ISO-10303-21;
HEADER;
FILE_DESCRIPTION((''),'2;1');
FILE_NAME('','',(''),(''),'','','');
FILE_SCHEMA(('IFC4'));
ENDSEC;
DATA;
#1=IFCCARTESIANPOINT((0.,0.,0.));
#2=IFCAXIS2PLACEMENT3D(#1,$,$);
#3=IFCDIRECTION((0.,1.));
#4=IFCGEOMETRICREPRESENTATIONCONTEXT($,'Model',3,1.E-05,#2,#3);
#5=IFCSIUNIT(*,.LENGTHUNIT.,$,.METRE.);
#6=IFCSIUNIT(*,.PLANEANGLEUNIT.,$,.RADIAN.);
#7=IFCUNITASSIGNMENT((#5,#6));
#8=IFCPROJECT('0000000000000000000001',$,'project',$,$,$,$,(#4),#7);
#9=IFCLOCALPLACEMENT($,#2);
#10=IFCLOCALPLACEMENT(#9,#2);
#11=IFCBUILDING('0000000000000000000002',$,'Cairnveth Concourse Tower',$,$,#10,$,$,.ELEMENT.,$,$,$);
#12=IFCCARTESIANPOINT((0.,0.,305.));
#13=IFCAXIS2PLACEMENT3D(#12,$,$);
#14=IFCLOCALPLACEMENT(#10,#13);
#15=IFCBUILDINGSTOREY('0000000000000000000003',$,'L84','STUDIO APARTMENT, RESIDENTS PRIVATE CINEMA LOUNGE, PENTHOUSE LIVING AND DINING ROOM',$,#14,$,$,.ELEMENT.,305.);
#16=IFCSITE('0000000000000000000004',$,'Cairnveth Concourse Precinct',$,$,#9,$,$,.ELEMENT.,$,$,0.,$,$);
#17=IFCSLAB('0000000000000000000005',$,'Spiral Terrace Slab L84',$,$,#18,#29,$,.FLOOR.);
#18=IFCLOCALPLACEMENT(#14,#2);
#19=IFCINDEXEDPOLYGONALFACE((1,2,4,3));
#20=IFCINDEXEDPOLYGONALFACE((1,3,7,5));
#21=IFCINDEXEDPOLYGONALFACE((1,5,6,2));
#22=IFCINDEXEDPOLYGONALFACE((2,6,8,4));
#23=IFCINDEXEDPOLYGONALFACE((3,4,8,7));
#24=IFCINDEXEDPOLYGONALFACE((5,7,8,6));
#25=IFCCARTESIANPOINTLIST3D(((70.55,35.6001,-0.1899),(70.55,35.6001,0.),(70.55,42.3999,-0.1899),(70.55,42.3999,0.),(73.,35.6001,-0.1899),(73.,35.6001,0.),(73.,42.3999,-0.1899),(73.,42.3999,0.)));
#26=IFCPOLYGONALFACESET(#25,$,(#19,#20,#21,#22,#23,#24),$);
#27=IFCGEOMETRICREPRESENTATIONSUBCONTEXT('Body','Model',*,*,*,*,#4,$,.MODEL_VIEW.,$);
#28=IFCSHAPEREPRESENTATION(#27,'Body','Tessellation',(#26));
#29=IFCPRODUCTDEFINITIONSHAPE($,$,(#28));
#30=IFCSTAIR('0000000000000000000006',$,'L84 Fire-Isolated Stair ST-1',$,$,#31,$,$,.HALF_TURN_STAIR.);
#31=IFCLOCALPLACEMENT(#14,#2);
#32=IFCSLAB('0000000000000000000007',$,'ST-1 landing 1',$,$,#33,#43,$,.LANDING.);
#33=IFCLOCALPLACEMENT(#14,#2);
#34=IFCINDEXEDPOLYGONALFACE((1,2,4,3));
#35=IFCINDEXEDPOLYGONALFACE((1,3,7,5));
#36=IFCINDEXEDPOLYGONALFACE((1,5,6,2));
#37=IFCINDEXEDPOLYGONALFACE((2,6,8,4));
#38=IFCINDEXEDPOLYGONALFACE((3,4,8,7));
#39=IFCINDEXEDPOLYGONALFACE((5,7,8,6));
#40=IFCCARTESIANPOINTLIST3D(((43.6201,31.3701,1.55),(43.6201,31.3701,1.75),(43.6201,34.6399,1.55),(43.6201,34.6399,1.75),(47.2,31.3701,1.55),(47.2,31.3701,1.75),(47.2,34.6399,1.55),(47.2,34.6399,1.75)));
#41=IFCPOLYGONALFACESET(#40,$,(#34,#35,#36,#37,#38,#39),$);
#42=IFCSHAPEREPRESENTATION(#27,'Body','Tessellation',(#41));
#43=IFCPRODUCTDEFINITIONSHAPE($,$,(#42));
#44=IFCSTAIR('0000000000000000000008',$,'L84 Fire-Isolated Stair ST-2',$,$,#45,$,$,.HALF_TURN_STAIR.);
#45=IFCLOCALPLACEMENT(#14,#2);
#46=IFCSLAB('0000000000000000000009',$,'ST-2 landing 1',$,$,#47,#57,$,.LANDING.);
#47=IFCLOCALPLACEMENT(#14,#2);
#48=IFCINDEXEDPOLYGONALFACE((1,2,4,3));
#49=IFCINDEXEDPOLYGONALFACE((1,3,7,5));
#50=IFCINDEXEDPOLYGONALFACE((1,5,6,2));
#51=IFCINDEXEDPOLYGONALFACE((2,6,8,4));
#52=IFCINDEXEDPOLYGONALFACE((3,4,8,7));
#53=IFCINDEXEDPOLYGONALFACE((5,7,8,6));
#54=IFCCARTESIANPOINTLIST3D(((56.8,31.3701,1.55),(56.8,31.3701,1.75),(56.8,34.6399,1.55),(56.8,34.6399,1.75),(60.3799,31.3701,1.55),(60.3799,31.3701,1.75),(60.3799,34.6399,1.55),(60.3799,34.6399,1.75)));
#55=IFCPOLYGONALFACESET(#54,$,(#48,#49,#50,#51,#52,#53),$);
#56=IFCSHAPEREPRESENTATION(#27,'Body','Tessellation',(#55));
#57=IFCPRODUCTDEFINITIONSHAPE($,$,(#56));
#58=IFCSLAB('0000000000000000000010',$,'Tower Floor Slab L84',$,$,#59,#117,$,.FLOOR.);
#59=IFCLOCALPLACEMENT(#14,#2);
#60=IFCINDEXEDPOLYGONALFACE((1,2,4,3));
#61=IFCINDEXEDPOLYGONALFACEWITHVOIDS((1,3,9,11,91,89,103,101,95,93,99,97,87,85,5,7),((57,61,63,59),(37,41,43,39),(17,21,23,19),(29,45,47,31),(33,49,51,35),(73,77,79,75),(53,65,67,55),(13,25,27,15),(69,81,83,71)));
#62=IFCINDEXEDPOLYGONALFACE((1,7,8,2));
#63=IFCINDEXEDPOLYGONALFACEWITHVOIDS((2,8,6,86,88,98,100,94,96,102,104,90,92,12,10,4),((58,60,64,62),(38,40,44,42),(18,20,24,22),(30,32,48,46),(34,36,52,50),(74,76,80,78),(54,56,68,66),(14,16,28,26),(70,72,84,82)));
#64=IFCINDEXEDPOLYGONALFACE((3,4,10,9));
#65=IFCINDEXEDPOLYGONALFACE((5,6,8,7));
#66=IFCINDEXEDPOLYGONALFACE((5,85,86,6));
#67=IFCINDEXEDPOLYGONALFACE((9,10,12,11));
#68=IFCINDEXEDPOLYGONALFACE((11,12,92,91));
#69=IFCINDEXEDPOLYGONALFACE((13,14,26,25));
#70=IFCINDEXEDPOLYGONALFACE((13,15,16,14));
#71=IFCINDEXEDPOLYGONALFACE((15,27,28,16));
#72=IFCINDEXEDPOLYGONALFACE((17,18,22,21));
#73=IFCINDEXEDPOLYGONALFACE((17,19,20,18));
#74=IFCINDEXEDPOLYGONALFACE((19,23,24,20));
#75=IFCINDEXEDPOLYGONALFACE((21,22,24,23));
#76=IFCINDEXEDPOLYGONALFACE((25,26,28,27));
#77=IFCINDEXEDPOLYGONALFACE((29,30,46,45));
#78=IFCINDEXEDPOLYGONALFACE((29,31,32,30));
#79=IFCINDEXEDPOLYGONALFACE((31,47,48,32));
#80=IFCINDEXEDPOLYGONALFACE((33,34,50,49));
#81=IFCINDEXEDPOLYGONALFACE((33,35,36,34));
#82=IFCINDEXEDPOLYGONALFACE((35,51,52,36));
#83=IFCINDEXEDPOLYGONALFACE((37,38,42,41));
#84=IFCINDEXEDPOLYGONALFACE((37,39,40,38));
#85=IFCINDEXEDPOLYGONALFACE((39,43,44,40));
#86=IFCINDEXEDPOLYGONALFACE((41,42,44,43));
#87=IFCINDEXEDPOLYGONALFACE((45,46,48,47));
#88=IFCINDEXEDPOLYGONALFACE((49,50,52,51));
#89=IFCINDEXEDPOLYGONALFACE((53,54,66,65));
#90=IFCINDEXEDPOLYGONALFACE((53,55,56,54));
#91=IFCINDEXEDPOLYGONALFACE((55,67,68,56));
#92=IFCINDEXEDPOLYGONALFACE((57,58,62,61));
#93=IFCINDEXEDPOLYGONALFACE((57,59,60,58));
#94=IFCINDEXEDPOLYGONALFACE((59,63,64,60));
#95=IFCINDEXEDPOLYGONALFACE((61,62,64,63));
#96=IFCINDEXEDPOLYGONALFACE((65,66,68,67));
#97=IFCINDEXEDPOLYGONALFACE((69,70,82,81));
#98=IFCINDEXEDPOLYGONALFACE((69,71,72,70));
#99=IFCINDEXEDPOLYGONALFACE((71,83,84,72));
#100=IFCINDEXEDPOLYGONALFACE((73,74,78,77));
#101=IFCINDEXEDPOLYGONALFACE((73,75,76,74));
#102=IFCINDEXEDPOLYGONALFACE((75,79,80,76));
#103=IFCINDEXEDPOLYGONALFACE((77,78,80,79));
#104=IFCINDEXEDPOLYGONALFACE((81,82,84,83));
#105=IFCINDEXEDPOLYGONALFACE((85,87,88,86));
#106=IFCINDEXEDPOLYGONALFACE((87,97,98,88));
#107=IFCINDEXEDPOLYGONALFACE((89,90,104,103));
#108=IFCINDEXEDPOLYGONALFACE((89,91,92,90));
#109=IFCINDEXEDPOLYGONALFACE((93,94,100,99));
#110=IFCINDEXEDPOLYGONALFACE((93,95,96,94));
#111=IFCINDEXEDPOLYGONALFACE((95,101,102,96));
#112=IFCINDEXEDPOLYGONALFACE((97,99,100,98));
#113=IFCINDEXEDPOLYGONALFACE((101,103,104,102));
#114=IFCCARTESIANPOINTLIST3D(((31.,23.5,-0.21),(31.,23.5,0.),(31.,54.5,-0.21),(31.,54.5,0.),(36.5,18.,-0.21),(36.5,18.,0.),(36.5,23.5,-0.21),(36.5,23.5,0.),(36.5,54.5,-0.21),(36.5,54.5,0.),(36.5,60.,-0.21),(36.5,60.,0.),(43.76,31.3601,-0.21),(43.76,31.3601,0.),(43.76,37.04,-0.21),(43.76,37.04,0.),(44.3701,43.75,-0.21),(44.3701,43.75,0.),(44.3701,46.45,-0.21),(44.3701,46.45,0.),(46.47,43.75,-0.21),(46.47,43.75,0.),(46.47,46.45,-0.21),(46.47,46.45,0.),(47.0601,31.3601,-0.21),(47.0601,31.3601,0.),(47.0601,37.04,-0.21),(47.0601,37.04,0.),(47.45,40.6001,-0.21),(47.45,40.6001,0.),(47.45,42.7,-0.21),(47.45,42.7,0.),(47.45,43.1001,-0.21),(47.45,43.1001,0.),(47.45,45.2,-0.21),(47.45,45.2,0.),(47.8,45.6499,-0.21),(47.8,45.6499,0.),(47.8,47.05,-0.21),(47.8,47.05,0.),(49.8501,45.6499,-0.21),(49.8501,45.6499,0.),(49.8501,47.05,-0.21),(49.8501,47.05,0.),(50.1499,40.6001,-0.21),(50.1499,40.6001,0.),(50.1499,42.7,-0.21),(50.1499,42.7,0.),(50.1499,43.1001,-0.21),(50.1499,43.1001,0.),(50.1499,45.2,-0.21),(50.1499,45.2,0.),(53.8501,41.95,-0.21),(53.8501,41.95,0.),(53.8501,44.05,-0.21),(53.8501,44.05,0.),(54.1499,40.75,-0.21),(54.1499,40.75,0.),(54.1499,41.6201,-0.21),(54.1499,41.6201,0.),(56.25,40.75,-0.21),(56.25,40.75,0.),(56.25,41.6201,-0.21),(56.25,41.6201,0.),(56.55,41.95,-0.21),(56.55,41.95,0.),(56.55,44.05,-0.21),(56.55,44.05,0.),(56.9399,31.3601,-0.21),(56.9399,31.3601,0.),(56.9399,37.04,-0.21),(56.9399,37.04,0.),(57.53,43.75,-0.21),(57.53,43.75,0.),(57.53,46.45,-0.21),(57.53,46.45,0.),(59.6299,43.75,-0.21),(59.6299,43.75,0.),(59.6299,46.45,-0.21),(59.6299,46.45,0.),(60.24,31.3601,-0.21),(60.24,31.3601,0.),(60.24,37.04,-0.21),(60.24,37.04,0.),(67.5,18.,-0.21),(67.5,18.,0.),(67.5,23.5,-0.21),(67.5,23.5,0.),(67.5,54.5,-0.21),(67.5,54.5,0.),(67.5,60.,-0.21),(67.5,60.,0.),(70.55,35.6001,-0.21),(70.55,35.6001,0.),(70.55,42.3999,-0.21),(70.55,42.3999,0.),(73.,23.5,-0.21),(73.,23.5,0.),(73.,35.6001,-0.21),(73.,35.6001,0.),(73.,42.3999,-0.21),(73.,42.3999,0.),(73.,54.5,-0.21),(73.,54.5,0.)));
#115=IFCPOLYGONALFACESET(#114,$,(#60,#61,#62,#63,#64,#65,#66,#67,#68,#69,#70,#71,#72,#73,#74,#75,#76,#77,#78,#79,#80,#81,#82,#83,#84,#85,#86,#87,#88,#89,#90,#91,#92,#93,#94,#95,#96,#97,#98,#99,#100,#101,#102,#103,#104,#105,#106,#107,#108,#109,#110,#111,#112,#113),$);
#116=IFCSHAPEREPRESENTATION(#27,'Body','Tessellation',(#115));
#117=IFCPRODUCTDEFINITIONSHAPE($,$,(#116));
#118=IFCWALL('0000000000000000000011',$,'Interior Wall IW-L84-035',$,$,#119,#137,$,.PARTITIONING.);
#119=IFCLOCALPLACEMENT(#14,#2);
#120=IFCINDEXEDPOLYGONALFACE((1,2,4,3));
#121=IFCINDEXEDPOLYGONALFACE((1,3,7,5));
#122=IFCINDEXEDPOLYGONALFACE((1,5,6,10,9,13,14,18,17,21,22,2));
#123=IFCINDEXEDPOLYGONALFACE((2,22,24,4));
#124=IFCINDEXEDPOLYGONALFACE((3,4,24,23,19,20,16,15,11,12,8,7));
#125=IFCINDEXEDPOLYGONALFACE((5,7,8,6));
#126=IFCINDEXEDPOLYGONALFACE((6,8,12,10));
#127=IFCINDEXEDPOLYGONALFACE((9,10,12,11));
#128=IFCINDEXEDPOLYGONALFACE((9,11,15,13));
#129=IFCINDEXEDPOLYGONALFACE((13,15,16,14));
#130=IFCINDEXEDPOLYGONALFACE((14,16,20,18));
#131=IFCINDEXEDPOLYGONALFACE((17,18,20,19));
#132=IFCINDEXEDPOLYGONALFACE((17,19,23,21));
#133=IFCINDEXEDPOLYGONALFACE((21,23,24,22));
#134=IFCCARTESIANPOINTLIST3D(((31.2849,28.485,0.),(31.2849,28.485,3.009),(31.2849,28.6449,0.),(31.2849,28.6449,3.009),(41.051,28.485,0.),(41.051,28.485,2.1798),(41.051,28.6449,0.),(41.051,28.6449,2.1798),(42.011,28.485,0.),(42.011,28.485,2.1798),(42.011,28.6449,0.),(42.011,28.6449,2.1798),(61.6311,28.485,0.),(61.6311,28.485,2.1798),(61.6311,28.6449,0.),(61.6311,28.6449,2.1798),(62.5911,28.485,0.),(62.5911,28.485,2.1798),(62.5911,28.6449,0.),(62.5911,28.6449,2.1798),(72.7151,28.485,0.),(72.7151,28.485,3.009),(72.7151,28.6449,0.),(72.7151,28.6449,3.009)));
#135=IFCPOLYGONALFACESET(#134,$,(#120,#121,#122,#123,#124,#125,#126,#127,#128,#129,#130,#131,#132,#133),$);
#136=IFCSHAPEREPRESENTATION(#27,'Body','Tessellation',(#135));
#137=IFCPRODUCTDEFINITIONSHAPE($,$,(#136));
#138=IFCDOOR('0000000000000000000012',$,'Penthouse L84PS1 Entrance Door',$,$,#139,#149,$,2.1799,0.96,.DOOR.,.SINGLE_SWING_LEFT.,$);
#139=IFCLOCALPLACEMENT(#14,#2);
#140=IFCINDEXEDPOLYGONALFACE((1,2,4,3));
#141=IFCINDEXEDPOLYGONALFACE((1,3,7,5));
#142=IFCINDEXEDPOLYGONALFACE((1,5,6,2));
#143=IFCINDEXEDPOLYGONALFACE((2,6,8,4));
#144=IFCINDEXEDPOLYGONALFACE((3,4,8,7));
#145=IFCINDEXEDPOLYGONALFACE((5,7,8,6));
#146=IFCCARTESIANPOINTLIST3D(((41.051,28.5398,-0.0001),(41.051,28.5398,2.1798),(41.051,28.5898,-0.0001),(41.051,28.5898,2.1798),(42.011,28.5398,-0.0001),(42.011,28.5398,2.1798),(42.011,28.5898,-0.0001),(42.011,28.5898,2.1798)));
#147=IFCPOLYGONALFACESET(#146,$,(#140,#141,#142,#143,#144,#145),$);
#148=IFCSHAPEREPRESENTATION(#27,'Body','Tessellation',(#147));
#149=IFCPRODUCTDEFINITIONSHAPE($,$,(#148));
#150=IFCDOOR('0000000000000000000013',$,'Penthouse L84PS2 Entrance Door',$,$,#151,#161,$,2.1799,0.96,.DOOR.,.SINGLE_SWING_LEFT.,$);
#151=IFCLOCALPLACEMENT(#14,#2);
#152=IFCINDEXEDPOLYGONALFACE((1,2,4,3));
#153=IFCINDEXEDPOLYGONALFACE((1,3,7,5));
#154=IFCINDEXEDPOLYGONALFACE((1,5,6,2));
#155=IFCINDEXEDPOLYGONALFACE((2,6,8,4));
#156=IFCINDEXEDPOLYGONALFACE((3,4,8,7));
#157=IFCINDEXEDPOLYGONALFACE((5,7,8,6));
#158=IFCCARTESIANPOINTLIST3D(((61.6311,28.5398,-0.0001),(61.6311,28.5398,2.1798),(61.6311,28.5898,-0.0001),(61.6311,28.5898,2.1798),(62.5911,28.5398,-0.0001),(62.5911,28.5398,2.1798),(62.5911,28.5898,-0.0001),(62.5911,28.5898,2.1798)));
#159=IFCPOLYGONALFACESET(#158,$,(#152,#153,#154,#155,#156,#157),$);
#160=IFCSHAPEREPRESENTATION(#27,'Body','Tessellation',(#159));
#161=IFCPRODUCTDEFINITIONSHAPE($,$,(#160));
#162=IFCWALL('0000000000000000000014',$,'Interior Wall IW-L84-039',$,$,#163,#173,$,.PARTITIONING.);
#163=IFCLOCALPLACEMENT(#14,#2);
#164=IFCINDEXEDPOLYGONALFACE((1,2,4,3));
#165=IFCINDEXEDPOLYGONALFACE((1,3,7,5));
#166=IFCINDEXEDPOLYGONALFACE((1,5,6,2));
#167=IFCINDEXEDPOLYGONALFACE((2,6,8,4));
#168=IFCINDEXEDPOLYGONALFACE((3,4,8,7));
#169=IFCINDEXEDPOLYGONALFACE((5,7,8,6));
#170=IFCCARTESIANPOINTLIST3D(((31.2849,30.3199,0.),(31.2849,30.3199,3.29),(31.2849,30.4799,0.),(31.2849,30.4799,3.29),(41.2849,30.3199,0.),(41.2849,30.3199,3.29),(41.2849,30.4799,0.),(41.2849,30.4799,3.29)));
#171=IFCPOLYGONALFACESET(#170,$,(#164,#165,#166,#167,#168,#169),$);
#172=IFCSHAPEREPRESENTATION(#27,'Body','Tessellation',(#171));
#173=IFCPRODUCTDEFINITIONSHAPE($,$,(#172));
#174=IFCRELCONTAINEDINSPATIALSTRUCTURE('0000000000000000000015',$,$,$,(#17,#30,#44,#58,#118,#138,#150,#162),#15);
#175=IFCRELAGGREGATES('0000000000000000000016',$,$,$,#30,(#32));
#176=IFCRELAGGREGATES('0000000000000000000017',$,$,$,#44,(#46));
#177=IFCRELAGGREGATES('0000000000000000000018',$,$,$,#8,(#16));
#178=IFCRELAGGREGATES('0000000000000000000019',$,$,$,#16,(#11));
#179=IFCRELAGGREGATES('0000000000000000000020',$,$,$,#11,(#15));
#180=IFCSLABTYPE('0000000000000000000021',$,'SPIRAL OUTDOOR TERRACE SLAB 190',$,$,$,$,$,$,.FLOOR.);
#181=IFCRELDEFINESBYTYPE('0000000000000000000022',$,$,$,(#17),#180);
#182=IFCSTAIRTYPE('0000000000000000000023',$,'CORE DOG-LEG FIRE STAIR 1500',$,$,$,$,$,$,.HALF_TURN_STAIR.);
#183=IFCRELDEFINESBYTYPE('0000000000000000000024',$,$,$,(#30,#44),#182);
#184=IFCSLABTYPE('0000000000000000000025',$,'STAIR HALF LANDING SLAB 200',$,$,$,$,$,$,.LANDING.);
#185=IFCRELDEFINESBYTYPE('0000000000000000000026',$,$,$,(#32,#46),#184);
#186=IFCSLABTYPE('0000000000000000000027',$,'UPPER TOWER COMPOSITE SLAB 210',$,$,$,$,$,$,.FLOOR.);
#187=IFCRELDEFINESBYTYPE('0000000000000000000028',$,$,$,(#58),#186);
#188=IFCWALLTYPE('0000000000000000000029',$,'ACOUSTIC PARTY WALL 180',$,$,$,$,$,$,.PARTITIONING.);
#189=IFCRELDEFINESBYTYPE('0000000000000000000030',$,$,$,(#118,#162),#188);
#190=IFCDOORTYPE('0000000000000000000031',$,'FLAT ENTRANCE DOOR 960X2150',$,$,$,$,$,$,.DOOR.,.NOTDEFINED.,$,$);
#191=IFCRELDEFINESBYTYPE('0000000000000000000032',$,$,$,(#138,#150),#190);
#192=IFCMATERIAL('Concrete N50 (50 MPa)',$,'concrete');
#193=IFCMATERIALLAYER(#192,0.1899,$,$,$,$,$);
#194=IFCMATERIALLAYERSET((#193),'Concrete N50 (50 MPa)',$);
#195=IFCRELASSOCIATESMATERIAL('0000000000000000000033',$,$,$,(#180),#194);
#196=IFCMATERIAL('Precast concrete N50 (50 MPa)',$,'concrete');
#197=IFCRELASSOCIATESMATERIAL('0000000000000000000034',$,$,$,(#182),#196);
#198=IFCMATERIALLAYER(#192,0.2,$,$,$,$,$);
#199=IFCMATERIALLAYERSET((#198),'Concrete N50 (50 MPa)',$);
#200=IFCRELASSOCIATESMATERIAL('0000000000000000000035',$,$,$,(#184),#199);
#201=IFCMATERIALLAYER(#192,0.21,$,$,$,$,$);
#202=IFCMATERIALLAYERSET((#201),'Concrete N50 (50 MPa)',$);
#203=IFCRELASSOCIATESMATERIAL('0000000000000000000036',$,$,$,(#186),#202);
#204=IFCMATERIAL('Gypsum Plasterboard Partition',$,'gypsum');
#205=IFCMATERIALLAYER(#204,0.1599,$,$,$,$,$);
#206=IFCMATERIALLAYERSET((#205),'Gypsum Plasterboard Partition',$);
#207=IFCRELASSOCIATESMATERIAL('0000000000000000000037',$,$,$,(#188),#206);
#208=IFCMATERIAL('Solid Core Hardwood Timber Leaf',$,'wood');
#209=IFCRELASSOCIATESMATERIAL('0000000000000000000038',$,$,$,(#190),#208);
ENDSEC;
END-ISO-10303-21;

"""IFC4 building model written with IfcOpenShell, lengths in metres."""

from ifc_helpers import new_model, si_unit, direction, frame, frame_2d, origin, place, context, subcontext, project, spatial, polyline, rectangle, outline, extrude, material, layer, layer_set, type_object, element, fill, aggregate, save


model = new_model("IFC4")

# Units and contexts
model_context = context("Model", 3, precision=1e-05, world=origin(), true_north=direction((0.0, 1.0)))
body_context = subcontext(model_context, "Body", "Model", "MODEL_VIEW")
ifc_project = project(units=[si_unit("LENGTHUNIT", "METRE"), si_unit("PLANEANGLEUNIT", "RADIAN")], contexts=[model_context])

# Site, building, storey
site_placement = place(None, origin())
site = spatial("IfcSite", under=ifc_project, at=site_placement, Name="Cairnveth Concourse Precinct", CompositionType="ELEMENT", RefElevation=0.0)
building_placement = place(site_placement, origin())
building = spatial("IfcBuilding", under=site, at=building_placement, Name="Cairnveth Concourse Tower", CompositionType="ELEMENT")
storey_placement = place(building_placement, frame((0.0, 0.0, 305.0)))
storey = spatial("IfcBuildingStorey", under=building, at=storey_placement, Name="L84", Description="STUDIO APARTMENT, RESIDENTS PRIVATE CINEMA LOUNGE, PENTHOUSE LIVING AND DINING ROOM", CompositionType="ELEMENT", Elevation=305.0)

# Slab
ifc_material_1 = material(Name="Concrete N50 (50 MPa)", Category="concrete")
ifc_layer_1 = layer(ifc_material_1, 0.1899)
ifc_layer_set_1 = layer_set([ifc_layer_1], Name="Concrete N50 (50 MPa)")
slab_type_1 = type_object("IfcSlabType", Name="SPIRAL OUTDOOR TERRACE SLAB 190", PredefinedType="FLOOR", material=ifc_layer_set_1)
slab_1_placement = place(storey_placement, frame((0.0, 0.0, -0.1899)))
element("IfcSlab", 1, at=slab_1_placement, inside=storey, type_object=slab_type_1, Name="Spiral Terrace Slab L84", PredefinedType="FLOOR", context=body_context, shape_type="SweptSolid", body=[
    extrude(outline(polyline([(70.55, 35.6001), (73.0, 35.6001), (73.0, 42.3999), (70.55, 42.3999), (70.55, 35.6001)])), origin(), (0.0, 0.0, 1.0), 0.1899),
])

# Stairs, slabs
ifc_material_2 = material(Name="Precast concrete N50 (50 MPa)", Category="concrete")
stair_type = type_object("IfcStairType", Name="CORE DOG-LEG FIRE STAIR 1500", PredefinedType="HALF_TURN_STAIR", material=ifc_material_2)
stair_1_placement = place(storey_placement, origin())
stair_1 = element("IfcStair", 2, at=stair_1_placement, inside=storey, type_object=stair_type, Name="L84 Fire-Isolated Stair ST-1", PredefinedType="HALF_TURN_STAIR")
ifc_layer_2 = layer(ifc_material_1, 0.2)
ifc_layer_set_2 = layer_set([ifc_layer_2], Name="Concrete N50 (50 MPa)")
slab_type_2 = type_object("IfcSlabType", Name="STAIR HALF LANDING SLAB 200", PredefinedType="LANDING", material=ifc_layer_set_2)
slab_2_placement = place(storey_placement, frame((0.0, 0.0, 1.55)))
slab_2 = element("IfcSlab", 3, at=slab_2_placement, type_object=slab_type_2, Name="ST-1 landing 1", PredefinedType="LANDING", context=body_context, shape_type="SweptSolid", body=[
    extrude(outline(polyline([(43.6201, 34.6399), (43.6201, 31.3701), (47.2, 31.3701), (47.2, 34.6399), (43.6201, 34.6399)])), origin(), (0.0, 0.0, 1.0), 0.2),
])
aggregate(stair_1, [slab_2])
stair_2_placement = place(storey_placement, origin())
stair_2 = element("IfcStair", 4, at=stair_2_placement, inside=storey, type_object=stair_type, Name="L84 Fire-Isolated Stair ST-2", PredefinedType="HALF_TURN_STAIR")
slab_3_placement = place(storey_placement, frame((0.0, 0.0, 1.55)))
slab_3 = element("IfcSlab", 5, at=slab_3_placement, type_object=slab_type_2, Name="ST-2 landing 1", PredefinedType="LANDING", context=body_context, shape_type="SweptSolid", body=[
    extrude(outline(polyline([(56.8, 34.6399), (56.8, 31.3701), (60.3799, 31.3701), (60.3799, 34.6399), (56.8, 34.6399)])), origin(), (0.0, 0.0, 1.0), 0.2),
])
aggregate(stair_2, [slab_3])

# Slab
ifc_layer_3 = layer(ifc_material_1, 0.21)
ifc_layer_set_3 = layer_set([ifc_layer_3], Name="Concrete N50 (50 MPa)")
slab_type_3 = type_object("IfcSlabType", Name="UPPER TOWER COMPOSITE SLAB 210", PredefinedType="FLOOR", material=ifc_layer_set_3)
slab_4_placement = place(storey_placement, frame((0.0, 0.0, -0.21)))
element("IfcSlab", 6, at=slab_4_placement, inside=storey, type_object=slab_type_3, Name="Tower Floor Slab L84", PredefinedType="FLOOR", context=body_context, shape_type="SweptSolid", body=[
    extrude(outline(polyline([(73.0, 35.6001), (70.55, 35.6001), (70.55, 42.3999), (73.0, 42.3999), (73.0, 54.5), (67.5, 54.5), (67.5, 60.0), (36.5, 60.0), (36.5, 54.5), (31.0, 54.5), (31.0, 23.5), (36.5, 23.5), (36.5, 18.0), (67.5, 18.0), (67.5, 23.5), (73.0, 23.5), (73.0, 35.6001)]), holes=[polyline([(43.76, 31.3601), (47.0601, 31.3601), (47.0601, 37.04), (43.76, 37.04), (43.76, 31.3601)]), polyline([(56.9399, 31.3601), (60.24, 31.3601), (60.24, 37.04), (56.9399, 37.04), (56.9399, 31.3601)]), polyline([(44.3701, 43.75), (46.47, 43.75), (46.47, 46.45), (44.3701, 46.45), (44.3701, 43.75)]), polyline([(57.53, 43.75), (59.6299, 43.75), (59.6299, 46.45), (57.53, 46.45), (57.53, 43.75)]), polyline([(47.45, 40.6001), (50.1499, 40.6001), (50.1499, 42.7), (47.45, 42.7), (47.45, 40.6001)]), polyline([(47.45, 43.1001), (50.1499, 43.1001), (50.1499, 45.2), (47.45, 45.2), (47.45, 43.1001)]), polyline([(53.8501, 41.95), (56.55, 41.95), (56.55, 44.05), (53.8501, 44.05), (53.8501, 41.95)]), polyline([(47.8, 45.6499), (49.8501, 45.6499), (49.8501, 47.05), (47.8, 47.05), (47.8, 45.6499)]), polyline([(54.1499, 40.75), (56.25, 40.75), (56.25, 41.6201), (54.1499, 41.6201), (54.1499, 40.75)])]), origin(), (0.0, 0.0, 1.0), 0.21),
])

# Wall, openings, doors
ifc_material_3 = material(Name="Gypsum Plasterboard Partition", Category="gypsum")
ifc_layer_4 = layer(ifc_material_3, 0.1599)
ifc_layer_set_4 = layer_set([ifc_layer_4], Name="Gypsum Plasterboard Partition")
wall_type_1 = type_object("IfcWallType", Name="ACOUSTIC PARTY WALL 180", PredefinedType="PARTITIONING", material=ifc_layer_set_4)
wall_1_placement = place(storey_placement, frame((31.2849, 28.5649, 0.0), z_axis=(0.0, 0.0, 1.0), x_axis=(1.0, 0.0, 0.0)))
wall_1 = element("IfcWall", 7, at=wall_1_placement, inside=storey, type_object=wall_type_1, Name="Interior Wall IW-L84-035", PredefinedType="PARTITIONING", context=body_context, shape_type="SweptSolid", body=[
    extrude(rectangle(XDim=41.4302, YDim=0.1599, at=frame_2d((20.7151, 0.0))), origin(), (0.0, 0.0, 1.0), 3.009),
])
opening_1_placement = place(wall_1_placement, frame((9.7661, 0.0, 0.0)))
opening_1 = element("IfcOpeningElement", 8, at=opening_1_placement, cuts=wall_1, PredefinedType="OPENING", context=body_context, shape_type="SweptSolid", body=[
    extrude(rectangle(XDim=0.96, YDim=2.1799, at=frame_2d((0.48, 1.0898))), frame((0.0, 0.0898, 0.0), z_axis=(0.0, -1.0, 0.0), x_axis=(1.0, 0.0, 0.0)), (0.0, 0.0, 1.0), 0.1799),
])
opening_2_placement = place(wall_1_placement, frame((30.3462, 0.0, 0.0)))
opening_2 = element("IfcOpeningElement", 9, at=opening_2_placement, cuts=wall_1, PredefinedType="OPENING", context=body_context, shape_type="SweptSolid", body=[
    extrude(rectangle(XDim=0.96, YDim=2.1799, at=frame_2d((0.48, 1.0898))), frame((0.0, 0.0898, 0.0), z_axis=(0.0, -1.0, 0.0), x_axis=(1.0, 0.0, 0.0)), (0.0, 0.0, 1.0), 0.1799),
])
ifc_material_4 = material(Name="Solid Core Hardwood Timber Leaf", Category="wood")
door_type = type_object("IfcDoorType", Name="FLAT ENTRANCE DOOR 960X2150", OperationType="NOTDEFINED", PredefinedType="DOOR", material=ifc_material_4)
door_1_placement = place(opening_1_placement, origin())
door_1 = element("IfcDoor", 10, at=door_1_placement, inside=storey, type_object=door_type, Name="Penthouse L84PS1 Entrance Door", OperationType="SINGLE_SWING_LEFT", OverallHeight=2.1799, OverallWidth=0.96, PredefinedType="DOOR", context=body_context, shape_type="SweptSolid", body=[
    extrude(rectangle(XDim=0.96, YDim=2.1799, at=frame_2d((0.48, 1.0898))), frame((0.0, 0.0249, 0.0), z_axis=(0.0, -1.0, 0.0), x_axis=(1.0, 0.0, 0.0)), (0.0, 0.0, 1.0), 0.05),
])
fill(opening_1, door_1)
door_2_placement = place(opening_2_placement, origin())
door_2 = element("IfcDoor", 11, at=door_2_placement, inside=storey, type_object=door_type, Name="Penthouse L84PS2 Entrance Door", OperationType="SINGLE_SWING_LEFT", OverallHeight=2.1799, OverallWidth=0.96, PredefinedType="DOOR", context=body_context, shape_type="SweptSolid", body=[
    extrude(rectangle(XDim=0.96, YDim=2.1799, at=frame_2d((0.48, 1.0898))), frame((0.0, 0.0249, 0.0), z_axis=(0.0, -1.0, 0.0), x_axis=(1.0, 0.0, 0.0)), (0.0, 0.0, 1.0), 0.05),
])
fill(opening_2, door_2)

# Wall
wall_2_placement = place(storey_placement, frame((31.2849, 30.3999, 0.0), z_axis=(0.0, 0.0, 1.0), x_axis=(1.0, 0.0, 0.0)))
element("IfcWall", 12, at=wall_2_placement, inside=storey, type_object=wall_type_1, Name="Interior Wall IW-L84-039", PredefinedType="PARTITIONING", context=body_context, shape_type="SweptSolid", body=[
    extrude(rectangle(XDim=10.0, YDim=0.1599, at=frame_2d((5.0, 0.0))), origin(), (0.0, 0.0, 1.0), 3.29),
])

save(model, "model.ifc")
